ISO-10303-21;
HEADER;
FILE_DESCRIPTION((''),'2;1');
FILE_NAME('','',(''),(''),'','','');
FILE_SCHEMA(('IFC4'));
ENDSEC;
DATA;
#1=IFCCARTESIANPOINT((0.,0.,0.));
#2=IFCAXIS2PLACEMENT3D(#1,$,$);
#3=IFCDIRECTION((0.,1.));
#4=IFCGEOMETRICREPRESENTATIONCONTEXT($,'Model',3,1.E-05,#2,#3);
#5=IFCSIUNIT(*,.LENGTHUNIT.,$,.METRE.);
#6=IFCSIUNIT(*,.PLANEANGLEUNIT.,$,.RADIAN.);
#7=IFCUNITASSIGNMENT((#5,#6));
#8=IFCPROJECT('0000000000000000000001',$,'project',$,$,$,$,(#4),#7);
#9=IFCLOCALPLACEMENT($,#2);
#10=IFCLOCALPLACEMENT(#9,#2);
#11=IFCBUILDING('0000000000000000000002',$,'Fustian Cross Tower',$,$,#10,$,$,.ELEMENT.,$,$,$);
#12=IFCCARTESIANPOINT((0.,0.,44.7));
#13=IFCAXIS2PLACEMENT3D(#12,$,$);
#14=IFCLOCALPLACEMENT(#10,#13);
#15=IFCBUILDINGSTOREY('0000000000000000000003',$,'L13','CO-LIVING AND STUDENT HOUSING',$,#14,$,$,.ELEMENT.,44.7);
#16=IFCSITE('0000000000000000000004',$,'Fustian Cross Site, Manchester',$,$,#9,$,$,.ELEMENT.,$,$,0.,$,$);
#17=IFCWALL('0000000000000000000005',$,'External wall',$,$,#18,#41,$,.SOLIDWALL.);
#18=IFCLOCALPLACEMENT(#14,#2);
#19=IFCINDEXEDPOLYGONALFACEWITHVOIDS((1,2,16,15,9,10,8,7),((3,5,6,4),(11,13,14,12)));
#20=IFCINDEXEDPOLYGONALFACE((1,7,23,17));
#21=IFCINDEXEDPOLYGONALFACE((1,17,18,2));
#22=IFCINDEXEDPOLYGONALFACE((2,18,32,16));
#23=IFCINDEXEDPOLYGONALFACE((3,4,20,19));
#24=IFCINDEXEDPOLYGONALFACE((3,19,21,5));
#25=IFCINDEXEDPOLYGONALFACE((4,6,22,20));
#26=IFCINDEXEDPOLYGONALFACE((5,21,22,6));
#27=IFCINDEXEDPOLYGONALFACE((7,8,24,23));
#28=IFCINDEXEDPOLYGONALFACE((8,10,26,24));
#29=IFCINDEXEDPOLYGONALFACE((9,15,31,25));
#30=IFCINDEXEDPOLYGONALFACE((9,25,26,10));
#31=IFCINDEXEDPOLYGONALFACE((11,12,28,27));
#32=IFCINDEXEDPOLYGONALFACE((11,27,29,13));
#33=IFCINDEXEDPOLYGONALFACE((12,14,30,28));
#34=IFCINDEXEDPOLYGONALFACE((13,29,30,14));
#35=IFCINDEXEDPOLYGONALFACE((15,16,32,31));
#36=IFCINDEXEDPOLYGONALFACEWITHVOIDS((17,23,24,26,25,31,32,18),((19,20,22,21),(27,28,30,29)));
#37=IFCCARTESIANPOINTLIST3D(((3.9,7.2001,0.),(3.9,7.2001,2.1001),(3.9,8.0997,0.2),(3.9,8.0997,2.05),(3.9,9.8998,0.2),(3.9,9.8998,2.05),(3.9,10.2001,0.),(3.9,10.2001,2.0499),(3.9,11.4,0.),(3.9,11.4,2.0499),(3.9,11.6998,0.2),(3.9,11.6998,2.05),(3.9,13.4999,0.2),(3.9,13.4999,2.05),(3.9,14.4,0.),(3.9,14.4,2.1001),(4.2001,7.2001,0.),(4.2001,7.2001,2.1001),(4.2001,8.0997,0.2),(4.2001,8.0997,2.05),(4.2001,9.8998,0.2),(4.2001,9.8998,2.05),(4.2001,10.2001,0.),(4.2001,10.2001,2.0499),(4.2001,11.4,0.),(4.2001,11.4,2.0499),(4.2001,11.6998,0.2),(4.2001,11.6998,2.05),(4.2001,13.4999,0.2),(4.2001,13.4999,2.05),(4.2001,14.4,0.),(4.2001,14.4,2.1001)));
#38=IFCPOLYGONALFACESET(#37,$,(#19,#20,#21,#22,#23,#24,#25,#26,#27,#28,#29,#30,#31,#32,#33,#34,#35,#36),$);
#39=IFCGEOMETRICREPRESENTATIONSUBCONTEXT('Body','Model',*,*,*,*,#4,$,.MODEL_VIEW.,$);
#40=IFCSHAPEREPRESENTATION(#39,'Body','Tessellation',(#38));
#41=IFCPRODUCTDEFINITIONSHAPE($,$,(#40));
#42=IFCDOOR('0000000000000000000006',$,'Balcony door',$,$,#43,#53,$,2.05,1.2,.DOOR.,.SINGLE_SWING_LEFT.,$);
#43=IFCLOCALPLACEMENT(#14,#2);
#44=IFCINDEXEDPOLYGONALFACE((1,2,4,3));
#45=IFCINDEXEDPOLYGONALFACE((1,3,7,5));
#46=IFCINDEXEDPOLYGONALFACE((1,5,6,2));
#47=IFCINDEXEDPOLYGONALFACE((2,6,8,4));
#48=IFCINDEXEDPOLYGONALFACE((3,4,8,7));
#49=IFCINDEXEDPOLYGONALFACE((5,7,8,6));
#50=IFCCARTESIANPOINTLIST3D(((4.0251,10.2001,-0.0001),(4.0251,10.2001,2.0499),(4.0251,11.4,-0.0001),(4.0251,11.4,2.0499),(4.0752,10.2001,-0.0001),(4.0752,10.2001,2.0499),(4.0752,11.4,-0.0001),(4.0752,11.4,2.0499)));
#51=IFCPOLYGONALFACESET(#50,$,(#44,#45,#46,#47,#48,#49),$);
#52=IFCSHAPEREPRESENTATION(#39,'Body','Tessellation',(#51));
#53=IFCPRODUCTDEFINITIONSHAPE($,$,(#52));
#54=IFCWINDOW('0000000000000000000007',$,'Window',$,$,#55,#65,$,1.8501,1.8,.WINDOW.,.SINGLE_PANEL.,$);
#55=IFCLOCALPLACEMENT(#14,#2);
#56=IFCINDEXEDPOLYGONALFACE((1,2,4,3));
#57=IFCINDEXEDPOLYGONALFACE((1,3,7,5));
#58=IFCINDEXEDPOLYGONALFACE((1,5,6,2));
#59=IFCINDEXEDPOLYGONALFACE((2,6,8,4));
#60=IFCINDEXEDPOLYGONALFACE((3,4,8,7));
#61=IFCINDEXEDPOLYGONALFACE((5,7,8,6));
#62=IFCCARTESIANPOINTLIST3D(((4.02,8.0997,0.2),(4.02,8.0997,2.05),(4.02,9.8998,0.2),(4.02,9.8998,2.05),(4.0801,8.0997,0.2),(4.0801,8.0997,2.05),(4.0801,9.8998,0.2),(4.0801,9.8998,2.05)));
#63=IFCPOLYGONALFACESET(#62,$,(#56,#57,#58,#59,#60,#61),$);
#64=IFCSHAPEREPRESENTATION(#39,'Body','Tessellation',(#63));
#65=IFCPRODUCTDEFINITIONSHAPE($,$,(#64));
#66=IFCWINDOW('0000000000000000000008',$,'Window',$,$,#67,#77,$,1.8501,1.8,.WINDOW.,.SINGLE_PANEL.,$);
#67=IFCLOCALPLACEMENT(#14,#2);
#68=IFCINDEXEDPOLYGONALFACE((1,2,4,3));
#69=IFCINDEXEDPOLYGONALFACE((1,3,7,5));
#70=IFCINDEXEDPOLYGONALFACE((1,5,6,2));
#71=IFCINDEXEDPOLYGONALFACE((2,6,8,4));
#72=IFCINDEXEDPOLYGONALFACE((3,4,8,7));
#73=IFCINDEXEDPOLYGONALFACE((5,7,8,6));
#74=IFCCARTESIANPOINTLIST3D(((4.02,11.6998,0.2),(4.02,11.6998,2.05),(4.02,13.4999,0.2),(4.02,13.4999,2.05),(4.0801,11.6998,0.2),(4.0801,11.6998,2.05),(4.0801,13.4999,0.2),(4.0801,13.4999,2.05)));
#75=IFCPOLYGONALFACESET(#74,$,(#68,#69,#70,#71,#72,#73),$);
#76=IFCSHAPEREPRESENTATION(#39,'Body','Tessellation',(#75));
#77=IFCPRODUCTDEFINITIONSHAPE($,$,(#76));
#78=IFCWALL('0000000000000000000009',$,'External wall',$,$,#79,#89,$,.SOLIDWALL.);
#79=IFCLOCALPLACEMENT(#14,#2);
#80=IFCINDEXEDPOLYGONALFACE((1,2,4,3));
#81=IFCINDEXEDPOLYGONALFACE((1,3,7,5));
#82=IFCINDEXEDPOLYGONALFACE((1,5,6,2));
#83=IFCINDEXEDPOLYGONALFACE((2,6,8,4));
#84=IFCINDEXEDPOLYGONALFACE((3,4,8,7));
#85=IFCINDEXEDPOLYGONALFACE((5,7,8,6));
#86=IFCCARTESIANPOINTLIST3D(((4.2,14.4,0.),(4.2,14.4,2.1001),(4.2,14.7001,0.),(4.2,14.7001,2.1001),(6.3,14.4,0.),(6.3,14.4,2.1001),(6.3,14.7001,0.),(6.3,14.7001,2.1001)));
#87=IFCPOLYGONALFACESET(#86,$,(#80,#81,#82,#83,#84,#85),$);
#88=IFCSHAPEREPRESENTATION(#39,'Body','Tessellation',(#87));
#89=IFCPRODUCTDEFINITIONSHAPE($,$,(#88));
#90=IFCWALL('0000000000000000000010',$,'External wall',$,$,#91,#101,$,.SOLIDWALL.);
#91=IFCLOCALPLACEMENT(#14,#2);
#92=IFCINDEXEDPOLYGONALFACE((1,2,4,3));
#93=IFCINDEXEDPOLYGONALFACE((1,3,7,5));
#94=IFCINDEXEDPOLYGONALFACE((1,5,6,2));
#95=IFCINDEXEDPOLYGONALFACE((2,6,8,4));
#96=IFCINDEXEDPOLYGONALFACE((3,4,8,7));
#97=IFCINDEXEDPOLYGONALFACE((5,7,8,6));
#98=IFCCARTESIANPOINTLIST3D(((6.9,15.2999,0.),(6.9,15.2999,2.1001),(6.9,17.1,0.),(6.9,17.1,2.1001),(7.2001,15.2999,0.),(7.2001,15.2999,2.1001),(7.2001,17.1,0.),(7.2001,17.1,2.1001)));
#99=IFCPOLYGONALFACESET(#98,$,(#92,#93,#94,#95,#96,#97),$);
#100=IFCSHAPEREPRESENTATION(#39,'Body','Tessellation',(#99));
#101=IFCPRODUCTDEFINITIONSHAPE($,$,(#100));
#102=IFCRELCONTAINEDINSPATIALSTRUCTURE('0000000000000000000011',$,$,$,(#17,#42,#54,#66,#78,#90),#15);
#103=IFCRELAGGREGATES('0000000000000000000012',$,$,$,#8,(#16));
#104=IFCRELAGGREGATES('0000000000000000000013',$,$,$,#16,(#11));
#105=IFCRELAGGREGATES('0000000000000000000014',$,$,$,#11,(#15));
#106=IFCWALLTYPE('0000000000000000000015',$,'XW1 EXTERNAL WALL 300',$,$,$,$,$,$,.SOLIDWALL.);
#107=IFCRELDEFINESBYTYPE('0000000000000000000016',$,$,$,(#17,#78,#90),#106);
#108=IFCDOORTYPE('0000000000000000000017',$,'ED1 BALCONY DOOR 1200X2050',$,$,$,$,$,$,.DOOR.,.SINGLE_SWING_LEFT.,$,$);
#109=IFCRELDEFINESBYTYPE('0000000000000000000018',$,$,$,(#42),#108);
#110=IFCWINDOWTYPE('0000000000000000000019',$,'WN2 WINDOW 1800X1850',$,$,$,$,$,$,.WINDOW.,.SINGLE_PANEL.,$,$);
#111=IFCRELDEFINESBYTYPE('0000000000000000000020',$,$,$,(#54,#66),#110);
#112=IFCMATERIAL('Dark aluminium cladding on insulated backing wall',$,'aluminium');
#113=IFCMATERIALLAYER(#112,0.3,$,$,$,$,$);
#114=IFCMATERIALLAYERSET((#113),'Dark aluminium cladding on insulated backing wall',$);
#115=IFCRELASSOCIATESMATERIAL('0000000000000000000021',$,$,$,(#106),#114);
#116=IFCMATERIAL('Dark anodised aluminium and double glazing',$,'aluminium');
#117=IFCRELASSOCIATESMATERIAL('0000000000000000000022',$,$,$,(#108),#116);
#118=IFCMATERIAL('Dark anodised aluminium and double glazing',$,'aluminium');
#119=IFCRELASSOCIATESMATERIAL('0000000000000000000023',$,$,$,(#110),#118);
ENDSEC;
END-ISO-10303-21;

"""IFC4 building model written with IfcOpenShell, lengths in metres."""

from ifc_helpers import new_model, si_unit, direction, frame, frame_2d, origin, place, context, subcontext, project, spatial, rectangle, extrude, material, layer, layer_set, type_object, element, fill, save


model = new_model("IFC4")

# Units and contexts
model_context = context("Model", 3, precision=1e-05, world=origin(), true_north=direction((0.0, 1.0)))
body_context = subcontext(model_context, "Body", "Model", "MODEL_VIEW")
ifc_project = project(units=[si_unit("LENGTHUNIT", "METRE"), si_unit("PLANEANGLEUNIT", "RADIAN")], contexts=[model_context])

# Site, building, storey
site_placement = place(None, origin())
site = spatial("IfcSite", under=ifc_project, at=site_placement, Name="Fustian Cross Site, Manchester", CompositionType="ELEMENT", RefElevation=0.0)
building_placement = place(site_placement, origin())
building = spatial("IfcBuilding", under=site, at=building_placement, Name="Fustian Cross Tower", CompositionType="ELEMENT")
storey_placement = place(building_placement, frame((0.0, 0.0, 44.7)))
storey = spatial("IfcBuildingStorey", under=building, at=storey_placement, Name="L13", Description="CO-LIVING AND STUDENT HOUSING", CompositionType="ELEMENT", Elevation=44.7)

# Shared definitions
ifc_material_1 = material(Name="Dark aluminium cladding on insulated backing wall", Category="aluminium")
ifc_layer_1 = layer(ifc_material_1, 0.3)
ifc_layer_set_1 = layer_set([ifc_layer_1], Name="Dark aluminium cladding on insulated backing wall")
wall_type_1 = type_object("IfcWallType", Name="XW1 EXTERNAL WALL 300", PredefinedType="SOLIDWALL", material=ifc_layer_set_1)

# Wall, openings, door, windows
wall_1_placement = place(storey_placement, frame((4.05, 7.2, 0.0), z_axis=(0.0, 0.0, 1.0), x_axis=(0.0, 1.0, 0.0)))
wall_1 = element("IfcWall", 1, at=wall_1_placement, inside=storey, type_object=wall_type_1, Name="External wall", PredefinedType="SOLIDWALL", context=body_context, shape_type="SweptSolid", body=[
    extrude(rectangle(XDim=7.2, YDim=0.3, at=frame_2d((3.6001, 0.0))), origin(), (0.0, 0.0, 1.0), 2.1001),
])
opening_1_placement = place(wall_1_placement, frame((3.0, 0.0, 0.0)))
opening_1 = element("IfcOpeningElement", 2, at=opening_1_placement, cuts=wall_1, PredefinedType="OPENING", context=body_context, shape_type="SweptSolid", body=[
    extrude(rectangle(XDim=1.2, YDim=2.05, at=frame_2d((0.6001, 1.0249))), frame((0.0, 0.1599, 0.0), z_axis=(0.0, -1.0, 0.0), x_axis=(1.0, 0.0, 0.0)), (0.0, 0.0, 1.0), 0.3201),
])
opening_2_placement = place(wall_1_placement, frame((0.8999, 0.0, 0.2)))
opening_2 = element("IfcOpeningElement", 3, at=opening_2_placement, cuts=wall_1, PredefinedType="OPENING", context=body_context, shape_type="SweptSolid", body=[
    extrude(rectangle(XDim=1.8, YDim=1.8501, at=frame_2d((0.8999, 0.925))), frame((0.0, 0.1599, 0.0), z_axis=(0.0, -1.0, 0.0), x_axis=(1.0, 0.0, 0.0)), (0.0, 0.0, 1.0), 0.3201),
])
opening_3_placement = place(wall_1_placement, frame((4.5, 0.0, 0.2)))
opening_3 = element("IfcOpeningElement", 4, at=opening_3_placement, cuts=wall_1, PredefinedType="OPENING", context=body_context, shape_type="SweptSolid", body=[
    extrude(rectangle(XDim=1.8, YDim=1.8501, at=frame_2d((0.8999, 0.925))), frame((0.0, 0.1599, 0.0), z_axis=(0.0, -1.0, 0.0), x_axis=(1.0, 0.0, 0.0)), (0.0, 0.0, 1.0), 0.3201),
])
ifc_material_2 = material(Name="Dark anodised aluminium and double glazing", Category="aluminium")
door_type = type_object("IfcDoorType", Name="ED1 BALCONY DOOR 1200X2050", OperationType="SINGLE_SWING_LEFT", PredefinedType="DOOR", material=ifc_material_2)
door_placement = place(opening_1_placement, origin())
door = element("IfcDoor", 5, at=door_placement, inside=storey, type_object=door_type, Name="Balcony door", OperationType="SINGLE_SWING_LEFT", OverallHeight=2.05, OverallWidth=1.2, PredefinedType="DOOR", context=body_context, shape_type="SweptSolid", body=[
    extrude(rectangle(XDim=1.2, YDim=2.05, at=frame_2d((0.6001, 1.0249))), frame((0.0, 0.0249, 0.0), z_axis=(0.0, -1.0, 0.0), x_axis=(1.0, 0.0, 0.0)), (0.0, 0.0, 1.0), 0.05),
])
fill(opening_1, door)
ifc_material_3 = material(Name="Dark anodised aluminium and double glazing", Category="aluminium")
window_type = type_object("IfcWindowType", Name="WN2 WINDOW 1800X1850", PartitioningType="SINGLE_PANEL", PredefinedType="WINDOW", material=ifc_material_3)
window_1_placement = place(opening_2_placement, origin())
window_1 = element("IfcWindow", 6, at=window_1_placement, inside=storey, type_object=window_type, Name="Window", OverallHeight=1.8501, OverallWidth=1.8, PartitioningType="SINGLE_PANEL", PredefinedType="WINDOW", context=body_context, shape_type="SweptSolid", body=[
    extrude(rectangle(XDim=1.8, YDim=1.8501, at=frame_2d((0.8999, 0.925))), frame((0.0, 0.03, 0.0), z_axis=(0.0, -1.0, 0.0), x_axis=(1.0, 0.0, 0.0)), (0.0, 0.0, 1.0), 0.0601),
])
fill(opening_2, window_1)
window_2_placement = place(opening_3_placement, origin())
window_2 = element("IfcWindow", 7, at=window_2_placement, inside=storey, type_object=window_type, Name="Window", OverallHeight=1.8501, OverallWidth=1.8, PartitioningType="SINGLE_PANEL", PredefinedType="WINDOW", context=body_context, shape_type="SweptSolid", body=[
    extrude(rectangle(XDim=1.8, YDim=1.8501, at=frame_2d((0.8999, 0.925))), frame((0.0, 0.03, 0.0), z_axis=(0.0, -1.0, 0.0), x_axis=(1.0, 0.0, 0.0)), (0.0, 0.0, 1.0), 0.0601),
])
fill(opening_3, window_2)

# Walls
wall_2_placement = place(storey_placement, frame((4.2, 14.55, 0.0), z_axis=(0.0, 0.0, 1.0), x_axis=(1.0, 0.0, 0.0)))
element("IfcWall", 8, at=wall_2_placement, inside=storey, type_object=wall_type_1, Name="External wall", PredefinedType="SOLIDWALL", context=body_context, shape_type="SweptSolid", body=[
    extrude(rectangle(XDim=2.1001, YDim=0.3, at=frame_2d((1.05, 0.0))), origin(), (0.0, 0.0, 1.0), 2.1001),
])
wall_3_placement = place(storey_placement, frame((7.05, 15.3, 0.0), z_axis=(0.0, 0.0, 1.0), x_axis=(0.0, 1.0, 0.0)))
element("IfcWall", 9, at=wall_3_placement, inside=storey, type_object=wall_type_1, Name="External wall", PredefinedType="SOLIDWALL", context=body_context, shape_type="SweptSolid", body=[
    extrude(rectangle(XDim=1.8, YDim=0.3, at=frame_2d((0.8999, 0.0))), origin(), (0.0, 0.0, 1.0), 2.1001),
])

save(model, "model.ifc")
